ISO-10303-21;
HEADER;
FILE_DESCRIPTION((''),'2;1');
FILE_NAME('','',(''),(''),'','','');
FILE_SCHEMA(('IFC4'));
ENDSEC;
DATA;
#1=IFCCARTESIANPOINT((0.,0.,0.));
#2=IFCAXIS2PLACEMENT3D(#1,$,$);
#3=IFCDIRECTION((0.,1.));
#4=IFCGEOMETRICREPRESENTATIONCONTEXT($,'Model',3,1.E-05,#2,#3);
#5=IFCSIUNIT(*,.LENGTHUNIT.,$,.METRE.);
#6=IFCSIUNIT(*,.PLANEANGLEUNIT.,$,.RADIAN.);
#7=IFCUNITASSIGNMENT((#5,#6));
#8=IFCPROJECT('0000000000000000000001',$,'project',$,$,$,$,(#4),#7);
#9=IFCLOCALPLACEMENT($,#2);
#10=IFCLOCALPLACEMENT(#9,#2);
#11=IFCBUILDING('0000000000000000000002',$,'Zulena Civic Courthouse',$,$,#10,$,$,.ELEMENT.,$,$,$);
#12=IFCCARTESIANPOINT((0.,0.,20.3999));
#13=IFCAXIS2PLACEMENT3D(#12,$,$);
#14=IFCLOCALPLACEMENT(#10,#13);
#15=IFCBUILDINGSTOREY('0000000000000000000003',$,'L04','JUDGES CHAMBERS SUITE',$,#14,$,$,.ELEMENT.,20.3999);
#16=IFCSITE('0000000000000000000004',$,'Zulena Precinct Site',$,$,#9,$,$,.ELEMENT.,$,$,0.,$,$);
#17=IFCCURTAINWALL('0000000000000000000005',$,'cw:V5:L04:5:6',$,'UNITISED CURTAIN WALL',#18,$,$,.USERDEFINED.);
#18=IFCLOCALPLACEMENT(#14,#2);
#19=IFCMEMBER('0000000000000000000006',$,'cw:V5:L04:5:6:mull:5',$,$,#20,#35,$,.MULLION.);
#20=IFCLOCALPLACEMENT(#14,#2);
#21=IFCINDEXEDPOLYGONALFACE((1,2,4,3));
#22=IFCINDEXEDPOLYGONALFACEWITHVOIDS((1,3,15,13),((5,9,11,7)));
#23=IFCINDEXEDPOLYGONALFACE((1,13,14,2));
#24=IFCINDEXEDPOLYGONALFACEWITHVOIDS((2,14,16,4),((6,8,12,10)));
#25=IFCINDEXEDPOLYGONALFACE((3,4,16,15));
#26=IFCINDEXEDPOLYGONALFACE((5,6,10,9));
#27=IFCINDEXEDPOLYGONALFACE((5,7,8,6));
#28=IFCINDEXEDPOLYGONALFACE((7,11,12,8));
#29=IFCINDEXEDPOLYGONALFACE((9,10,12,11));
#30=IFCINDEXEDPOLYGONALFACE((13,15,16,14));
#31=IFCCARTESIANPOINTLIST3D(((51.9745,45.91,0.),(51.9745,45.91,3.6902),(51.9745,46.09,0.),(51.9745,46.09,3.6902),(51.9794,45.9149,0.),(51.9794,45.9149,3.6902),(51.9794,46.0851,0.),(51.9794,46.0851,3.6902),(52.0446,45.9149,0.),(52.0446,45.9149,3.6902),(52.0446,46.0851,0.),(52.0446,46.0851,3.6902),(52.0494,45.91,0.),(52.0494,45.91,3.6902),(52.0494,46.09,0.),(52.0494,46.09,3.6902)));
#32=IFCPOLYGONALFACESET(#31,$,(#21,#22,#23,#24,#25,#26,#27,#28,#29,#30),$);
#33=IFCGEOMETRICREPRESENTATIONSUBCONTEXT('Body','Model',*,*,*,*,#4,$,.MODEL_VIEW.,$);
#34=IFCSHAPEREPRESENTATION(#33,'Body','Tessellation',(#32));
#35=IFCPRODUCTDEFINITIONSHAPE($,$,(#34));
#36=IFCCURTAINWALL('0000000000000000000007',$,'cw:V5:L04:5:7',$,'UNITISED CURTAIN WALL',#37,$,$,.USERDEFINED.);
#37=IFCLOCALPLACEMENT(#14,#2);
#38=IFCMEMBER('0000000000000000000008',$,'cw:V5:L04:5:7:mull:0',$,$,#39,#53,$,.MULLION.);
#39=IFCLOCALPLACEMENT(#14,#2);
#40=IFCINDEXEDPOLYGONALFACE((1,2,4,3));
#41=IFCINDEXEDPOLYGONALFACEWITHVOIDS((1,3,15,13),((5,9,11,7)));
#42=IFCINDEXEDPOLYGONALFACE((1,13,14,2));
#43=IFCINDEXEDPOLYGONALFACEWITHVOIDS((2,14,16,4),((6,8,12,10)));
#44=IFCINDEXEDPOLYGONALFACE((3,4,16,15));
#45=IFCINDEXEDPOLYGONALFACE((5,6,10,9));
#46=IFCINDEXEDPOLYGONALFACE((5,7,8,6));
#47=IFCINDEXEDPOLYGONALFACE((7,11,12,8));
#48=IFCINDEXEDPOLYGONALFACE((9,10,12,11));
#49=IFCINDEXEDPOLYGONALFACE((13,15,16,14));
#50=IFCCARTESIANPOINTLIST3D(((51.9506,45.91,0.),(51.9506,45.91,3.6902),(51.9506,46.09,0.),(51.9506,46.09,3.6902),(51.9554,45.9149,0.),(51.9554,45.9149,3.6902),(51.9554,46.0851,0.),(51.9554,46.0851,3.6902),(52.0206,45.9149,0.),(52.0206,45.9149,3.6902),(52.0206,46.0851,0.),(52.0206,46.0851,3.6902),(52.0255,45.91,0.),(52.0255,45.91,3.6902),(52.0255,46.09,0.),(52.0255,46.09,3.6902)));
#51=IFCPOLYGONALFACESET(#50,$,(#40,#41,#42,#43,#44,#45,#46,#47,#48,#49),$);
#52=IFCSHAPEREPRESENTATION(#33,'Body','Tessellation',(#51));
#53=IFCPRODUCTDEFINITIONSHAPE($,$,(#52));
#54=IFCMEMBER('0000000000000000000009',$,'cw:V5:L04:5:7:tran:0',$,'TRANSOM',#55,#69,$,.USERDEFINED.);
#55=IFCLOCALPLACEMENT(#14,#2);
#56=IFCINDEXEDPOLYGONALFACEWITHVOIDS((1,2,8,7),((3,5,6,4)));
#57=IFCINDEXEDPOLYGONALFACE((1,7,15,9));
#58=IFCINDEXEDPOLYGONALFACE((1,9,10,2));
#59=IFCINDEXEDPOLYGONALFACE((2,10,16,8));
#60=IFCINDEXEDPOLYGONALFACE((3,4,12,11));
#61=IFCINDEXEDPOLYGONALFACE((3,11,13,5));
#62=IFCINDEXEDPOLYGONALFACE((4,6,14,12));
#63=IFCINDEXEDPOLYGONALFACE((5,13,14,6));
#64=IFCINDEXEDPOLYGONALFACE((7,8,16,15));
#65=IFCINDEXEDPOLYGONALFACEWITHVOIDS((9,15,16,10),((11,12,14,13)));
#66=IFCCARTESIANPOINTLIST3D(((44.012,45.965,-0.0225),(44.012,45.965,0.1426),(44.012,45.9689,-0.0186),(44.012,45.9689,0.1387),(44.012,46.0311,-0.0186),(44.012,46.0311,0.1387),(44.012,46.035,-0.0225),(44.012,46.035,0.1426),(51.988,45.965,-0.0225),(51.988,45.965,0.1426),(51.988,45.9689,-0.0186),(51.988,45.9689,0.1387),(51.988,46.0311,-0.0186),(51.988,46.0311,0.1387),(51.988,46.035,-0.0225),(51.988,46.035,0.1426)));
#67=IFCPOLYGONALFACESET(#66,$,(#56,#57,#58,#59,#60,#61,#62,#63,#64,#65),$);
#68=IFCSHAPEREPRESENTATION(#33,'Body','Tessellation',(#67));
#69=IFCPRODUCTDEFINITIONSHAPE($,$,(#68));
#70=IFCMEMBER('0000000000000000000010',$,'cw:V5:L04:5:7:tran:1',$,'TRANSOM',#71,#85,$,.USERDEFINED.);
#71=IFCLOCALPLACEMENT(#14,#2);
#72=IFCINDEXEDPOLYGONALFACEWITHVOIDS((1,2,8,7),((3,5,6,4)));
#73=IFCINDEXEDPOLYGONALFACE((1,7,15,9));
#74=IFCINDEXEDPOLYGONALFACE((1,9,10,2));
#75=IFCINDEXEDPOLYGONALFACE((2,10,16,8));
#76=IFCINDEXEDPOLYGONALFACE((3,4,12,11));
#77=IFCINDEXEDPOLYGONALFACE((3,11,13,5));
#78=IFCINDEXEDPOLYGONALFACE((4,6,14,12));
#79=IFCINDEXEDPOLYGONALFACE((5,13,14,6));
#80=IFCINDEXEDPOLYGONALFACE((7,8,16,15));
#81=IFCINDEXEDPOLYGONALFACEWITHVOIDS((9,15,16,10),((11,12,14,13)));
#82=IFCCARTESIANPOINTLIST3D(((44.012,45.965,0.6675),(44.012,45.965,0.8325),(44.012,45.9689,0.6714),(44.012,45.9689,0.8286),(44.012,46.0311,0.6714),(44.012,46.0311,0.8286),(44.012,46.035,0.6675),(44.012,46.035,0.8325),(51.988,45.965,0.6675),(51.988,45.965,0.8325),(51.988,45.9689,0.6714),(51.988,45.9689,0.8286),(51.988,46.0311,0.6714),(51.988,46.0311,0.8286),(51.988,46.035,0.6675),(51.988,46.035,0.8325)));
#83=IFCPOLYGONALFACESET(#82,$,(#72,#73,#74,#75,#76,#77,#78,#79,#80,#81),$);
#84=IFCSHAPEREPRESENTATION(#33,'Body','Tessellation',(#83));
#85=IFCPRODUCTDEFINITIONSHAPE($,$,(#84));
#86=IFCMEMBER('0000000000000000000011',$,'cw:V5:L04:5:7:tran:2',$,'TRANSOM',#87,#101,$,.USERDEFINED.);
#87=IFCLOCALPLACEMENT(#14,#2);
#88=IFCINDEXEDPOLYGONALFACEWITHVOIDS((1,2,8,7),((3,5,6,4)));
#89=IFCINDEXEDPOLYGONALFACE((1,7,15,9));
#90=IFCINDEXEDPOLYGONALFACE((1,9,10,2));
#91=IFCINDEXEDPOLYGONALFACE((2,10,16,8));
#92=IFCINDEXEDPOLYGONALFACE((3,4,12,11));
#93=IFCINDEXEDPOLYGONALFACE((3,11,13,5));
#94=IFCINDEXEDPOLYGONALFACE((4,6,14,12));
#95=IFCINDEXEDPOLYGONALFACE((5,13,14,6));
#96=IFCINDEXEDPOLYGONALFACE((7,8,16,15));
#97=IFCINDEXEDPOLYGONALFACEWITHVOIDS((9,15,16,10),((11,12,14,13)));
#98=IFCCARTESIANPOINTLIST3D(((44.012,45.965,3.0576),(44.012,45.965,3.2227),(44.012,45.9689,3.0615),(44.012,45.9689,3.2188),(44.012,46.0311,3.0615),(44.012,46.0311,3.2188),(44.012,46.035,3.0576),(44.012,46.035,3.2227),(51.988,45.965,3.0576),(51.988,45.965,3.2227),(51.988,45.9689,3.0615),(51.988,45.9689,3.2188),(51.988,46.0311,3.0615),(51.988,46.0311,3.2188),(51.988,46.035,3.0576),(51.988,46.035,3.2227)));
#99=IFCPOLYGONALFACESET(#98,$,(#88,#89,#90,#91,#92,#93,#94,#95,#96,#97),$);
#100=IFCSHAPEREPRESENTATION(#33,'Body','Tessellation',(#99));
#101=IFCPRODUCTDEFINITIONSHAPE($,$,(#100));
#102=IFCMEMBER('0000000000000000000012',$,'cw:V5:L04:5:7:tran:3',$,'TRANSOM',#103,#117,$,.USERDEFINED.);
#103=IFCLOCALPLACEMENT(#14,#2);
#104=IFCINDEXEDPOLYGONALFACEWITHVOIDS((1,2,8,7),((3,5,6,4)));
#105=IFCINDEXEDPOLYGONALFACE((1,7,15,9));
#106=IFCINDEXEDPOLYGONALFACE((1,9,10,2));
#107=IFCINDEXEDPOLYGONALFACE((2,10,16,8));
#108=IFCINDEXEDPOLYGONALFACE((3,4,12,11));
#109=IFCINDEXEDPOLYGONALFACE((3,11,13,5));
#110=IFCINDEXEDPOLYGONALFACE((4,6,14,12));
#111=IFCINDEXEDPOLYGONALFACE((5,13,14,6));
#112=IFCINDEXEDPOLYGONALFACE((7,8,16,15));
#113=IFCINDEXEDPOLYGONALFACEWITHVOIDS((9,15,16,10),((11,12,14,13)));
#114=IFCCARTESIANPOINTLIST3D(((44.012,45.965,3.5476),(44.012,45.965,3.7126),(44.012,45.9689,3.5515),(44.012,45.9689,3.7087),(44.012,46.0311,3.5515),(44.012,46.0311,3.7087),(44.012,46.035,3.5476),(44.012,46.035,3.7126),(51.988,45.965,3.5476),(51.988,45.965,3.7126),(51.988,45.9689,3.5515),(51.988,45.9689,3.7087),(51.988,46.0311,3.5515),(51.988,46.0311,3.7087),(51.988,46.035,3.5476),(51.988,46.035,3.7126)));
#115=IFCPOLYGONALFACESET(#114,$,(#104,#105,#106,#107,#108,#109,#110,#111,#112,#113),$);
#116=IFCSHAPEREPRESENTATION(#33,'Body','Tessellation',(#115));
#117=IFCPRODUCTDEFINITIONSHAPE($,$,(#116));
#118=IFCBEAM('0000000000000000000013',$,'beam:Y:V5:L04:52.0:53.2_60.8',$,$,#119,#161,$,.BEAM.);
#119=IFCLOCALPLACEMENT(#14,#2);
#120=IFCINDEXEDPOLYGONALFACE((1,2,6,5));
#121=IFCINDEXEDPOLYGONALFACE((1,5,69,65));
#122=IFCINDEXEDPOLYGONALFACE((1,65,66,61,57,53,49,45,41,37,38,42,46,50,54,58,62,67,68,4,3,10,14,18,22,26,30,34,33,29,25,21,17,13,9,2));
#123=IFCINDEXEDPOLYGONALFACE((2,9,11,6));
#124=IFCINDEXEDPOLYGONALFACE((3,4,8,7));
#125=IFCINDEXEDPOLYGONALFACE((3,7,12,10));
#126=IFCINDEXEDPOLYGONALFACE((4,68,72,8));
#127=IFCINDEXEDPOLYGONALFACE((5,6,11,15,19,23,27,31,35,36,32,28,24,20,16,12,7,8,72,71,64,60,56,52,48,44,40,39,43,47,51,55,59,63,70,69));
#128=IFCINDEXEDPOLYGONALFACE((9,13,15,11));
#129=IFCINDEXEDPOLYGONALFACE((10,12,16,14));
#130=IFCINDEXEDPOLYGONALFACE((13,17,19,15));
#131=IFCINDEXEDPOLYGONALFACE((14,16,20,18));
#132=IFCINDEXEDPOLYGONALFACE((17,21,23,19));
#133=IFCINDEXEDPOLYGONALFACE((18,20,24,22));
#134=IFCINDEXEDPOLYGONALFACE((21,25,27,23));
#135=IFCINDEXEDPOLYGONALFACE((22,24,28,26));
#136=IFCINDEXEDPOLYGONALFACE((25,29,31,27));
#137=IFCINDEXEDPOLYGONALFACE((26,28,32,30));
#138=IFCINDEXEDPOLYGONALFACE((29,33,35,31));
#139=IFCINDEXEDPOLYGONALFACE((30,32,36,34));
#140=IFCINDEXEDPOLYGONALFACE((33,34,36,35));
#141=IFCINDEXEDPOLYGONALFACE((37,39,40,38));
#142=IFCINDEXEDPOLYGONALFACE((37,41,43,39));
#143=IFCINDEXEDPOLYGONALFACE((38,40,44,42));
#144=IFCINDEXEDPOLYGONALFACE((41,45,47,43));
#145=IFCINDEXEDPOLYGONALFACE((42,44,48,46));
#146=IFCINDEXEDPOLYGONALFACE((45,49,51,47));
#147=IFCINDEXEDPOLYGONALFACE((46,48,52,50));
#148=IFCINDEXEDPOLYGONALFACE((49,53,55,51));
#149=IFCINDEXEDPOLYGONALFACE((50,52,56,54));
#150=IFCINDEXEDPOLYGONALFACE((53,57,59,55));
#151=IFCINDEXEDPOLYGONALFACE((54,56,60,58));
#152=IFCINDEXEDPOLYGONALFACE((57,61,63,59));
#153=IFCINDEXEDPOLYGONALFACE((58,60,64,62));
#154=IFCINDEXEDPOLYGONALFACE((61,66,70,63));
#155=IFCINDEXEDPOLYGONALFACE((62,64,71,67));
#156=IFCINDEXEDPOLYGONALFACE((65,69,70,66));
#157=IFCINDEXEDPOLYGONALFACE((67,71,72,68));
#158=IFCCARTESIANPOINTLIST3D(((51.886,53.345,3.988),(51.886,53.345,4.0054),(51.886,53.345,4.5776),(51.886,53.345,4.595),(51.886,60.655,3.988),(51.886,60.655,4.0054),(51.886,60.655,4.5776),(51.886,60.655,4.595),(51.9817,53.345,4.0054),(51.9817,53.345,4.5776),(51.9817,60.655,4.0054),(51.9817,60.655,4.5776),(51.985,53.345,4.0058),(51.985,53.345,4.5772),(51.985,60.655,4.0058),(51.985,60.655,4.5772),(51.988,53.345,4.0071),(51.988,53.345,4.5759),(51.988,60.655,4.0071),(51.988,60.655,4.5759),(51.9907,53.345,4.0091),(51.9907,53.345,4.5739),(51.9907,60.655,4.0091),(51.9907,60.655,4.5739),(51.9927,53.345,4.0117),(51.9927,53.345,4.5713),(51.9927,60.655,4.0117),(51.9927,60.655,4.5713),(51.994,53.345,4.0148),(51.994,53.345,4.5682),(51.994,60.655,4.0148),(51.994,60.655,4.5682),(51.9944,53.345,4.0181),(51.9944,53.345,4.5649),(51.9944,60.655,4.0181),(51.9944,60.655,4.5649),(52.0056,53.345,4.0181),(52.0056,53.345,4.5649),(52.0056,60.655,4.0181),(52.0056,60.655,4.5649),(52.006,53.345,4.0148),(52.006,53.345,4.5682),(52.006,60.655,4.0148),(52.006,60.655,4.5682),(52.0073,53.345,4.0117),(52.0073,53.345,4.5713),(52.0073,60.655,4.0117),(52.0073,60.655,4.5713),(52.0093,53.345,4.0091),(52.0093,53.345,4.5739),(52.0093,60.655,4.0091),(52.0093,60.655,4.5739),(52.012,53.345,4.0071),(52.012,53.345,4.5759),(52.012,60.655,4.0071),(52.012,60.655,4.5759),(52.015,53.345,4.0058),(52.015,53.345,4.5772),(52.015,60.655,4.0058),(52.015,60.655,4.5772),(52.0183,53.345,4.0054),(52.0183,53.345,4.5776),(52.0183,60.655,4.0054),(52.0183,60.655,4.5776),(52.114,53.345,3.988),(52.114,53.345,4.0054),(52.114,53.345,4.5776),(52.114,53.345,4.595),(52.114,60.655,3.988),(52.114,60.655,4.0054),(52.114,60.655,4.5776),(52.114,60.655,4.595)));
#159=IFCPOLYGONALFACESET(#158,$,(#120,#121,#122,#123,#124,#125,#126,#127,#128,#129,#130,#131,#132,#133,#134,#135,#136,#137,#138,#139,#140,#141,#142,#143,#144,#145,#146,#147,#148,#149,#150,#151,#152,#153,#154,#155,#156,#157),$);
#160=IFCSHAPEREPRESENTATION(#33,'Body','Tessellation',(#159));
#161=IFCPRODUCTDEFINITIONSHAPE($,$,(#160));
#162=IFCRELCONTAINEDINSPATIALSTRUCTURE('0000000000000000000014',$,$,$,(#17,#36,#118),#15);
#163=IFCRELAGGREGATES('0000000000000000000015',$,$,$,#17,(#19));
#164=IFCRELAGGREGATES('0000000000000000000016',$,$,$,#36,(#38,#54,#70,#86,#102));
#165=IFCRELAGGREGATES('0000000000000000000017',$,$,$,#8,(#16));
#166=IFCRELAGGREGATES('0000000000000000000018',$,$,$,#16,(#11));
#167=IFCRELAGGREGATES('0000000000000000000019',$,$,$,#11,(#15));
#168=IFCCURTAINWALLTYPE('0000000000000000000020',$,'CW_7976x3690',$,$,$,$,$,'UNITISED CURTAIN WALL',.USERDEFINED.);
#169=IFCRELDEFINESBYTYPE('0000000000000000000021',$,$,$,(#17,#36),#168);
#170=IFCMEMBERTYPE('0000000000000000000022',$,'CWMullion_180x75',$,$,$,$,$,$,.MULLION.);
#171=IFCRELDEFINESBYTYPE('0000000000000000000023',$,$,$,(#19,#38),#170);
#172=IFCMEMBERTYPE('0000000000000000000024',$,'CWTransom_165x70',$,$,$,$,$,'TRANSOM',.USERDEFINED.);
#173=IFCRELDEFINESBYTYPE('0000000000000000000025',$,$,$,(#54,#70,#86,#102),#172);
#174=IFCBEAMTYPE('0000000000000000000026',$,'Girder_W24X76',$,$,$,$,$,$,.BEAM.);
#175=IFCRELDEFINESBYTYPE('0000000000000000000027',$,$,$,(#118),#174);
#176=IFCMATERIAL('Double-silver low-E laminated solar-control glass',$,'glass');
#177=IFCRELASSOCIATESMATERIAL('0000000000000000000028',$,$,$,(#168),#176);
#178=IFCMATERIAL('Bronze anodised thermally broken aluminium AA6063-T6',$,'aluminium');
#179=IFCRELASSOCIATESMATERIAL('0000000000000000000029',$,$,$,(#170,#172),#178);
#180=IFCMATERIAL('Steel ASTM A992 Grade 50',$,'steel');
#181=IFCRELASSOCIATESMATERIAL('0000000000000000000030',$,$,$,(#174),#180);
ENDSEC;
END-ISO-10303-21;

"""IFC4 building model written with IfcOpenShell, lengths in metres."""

from ifc_helpers import new_model, si_unit, direction, frame, origin, origin_2d, place, context, subcontext, project, spatial, hollow_rectangle, i_section, extrude, material, material_profile, profile_set, type_object, element, aggregate, save


model = new_model("IFC4")

# Units and contexts
model_context = context("Model", 3, precision=1e-05, world=origin(), true_north=direction((0.0, 1.0)))
body_context = subcontext(model_context, "Body", "Model", "MODEL_VIEW")
ifc_project = project(units=[si_unit("LENGTHUNIT", "METRE"), si_unit("PLANEANGLEUNIT", "RADIAN")], contexts=[model_context])

# Site, building, storey
site_placement = place(None, origin())
site = spatial("IfcSite", under=ifc_project, at=site_placement, Name="Zulena Precinct Site", CompositionType="ELEMENT", RefElevation=0.0)
building_placement = place(site_placement, origin())
building = spatial("IfcBuilding", under=site, at=building_placement, Name="Zulena Civic Courthouse", CompositionType="ELEMENT")
storey_placement = place(building_placement, frame((0.0, 0.0, 20.3999)))
storey = spatial("IfcBuildingStorey", under=building, at=storey_placement, Name="L04", Description="JUDGES CHAMBERS SUITE", CompositionType="ELEMENT", Elevation=20.3999)

# Shared definitions
ifc_material_1 = material(Name="Steel ASTM A992 Grade 50", Category="steel")

# Curtain walls, members
ifc_material_2 = material(Name="Double-silver low-E laminated solar-control glass", Category="glass")
curtain_wall_type = type_object("IfcCurtainWallType", Name="CW_7976x3690", ElementType="UNITISED CURTAIN WALL", PredefinedType="USERDEFINED", material=ifc_material_2)
curtain_wall_1_placement = place(storey_placement, origin())
curtain_wall_1 = element("IfcCurtainWall", 1, at=curtain_wall_1_placement, inside=storey, type_object=curtain_wall_type, Name="cw:V5:L04:5:6", ObjectType="UNITISED CURTAIN WALL", PredefinedType="USERDEFINED")
ifc_material_3 = material(Name="Bronze anodised thermally broken aluminium AA6063-T6", Category="aluminium")
ifc_material_profile_1 = material_profile(ifc_material_3, hollow_rectangle(XDim=0.075, YDim=0.1799, WallThickness=0.0049, at=origin_2d()), Name="CWM180X75X5")
ifc_profile_set_1 = profile_set([ifc_material_profile_1], Name="Bronze anodised thermally broken aluminium AA6063-T6")
member_type_1 = type_object("IfcMemberType", Name="CWMullion_180x75", PredefinedType="MULLION", material=ifc_profile_set_1)
member_1_placement = place(storey_placement, frame((52.012, 46.0, 0.0), z_axis=(0.0, 0.0, 1.0), x_axis=(1.0, 0.0, 0.0)))
member_1 = element("IfcMember", 2, at=member_1_placement, type_object=member_type_1, Name="cw:V5:L04:5:6:mull:5", PredefinedType="MULLION", context=body_context, shape_type="SweptSolid", body=[
    extrude(hollow_rectangle(XDim=0.075, YDim=0.1799, WallThickness=0.0049, at=origin_2d()), origin(), (0.0, 0.0, 1.0), 3.6902),
])
curtain_wall_2_placement = place(storey_placement, origin())
curtain_wall_2 = element("IfcCurtainWall", 3, at=curtain_wall_2_placement, inside=storey, type_object=curtain_wall_type, Name="cw:V5:L04:5:7", ObjectType="UNITISED CURTAIN WALL", PredefinedType="USERDEFINED")
member_2_placement = place(storey_placement, frame((51.988, 46.0, 0.0), z_axis=(0.0, 0.0, 1.0), x_axis=(1.0, 0.0, 0.0)))
member_2 = element("IfcMember", 4, at=member_2_placement, type_object=member_type_1, Name="cw:V5:L04:5:7:mull:0", PredefinedType="MULLION", context=body_context, shape_type="SweptSolid", body=[
    extrude(hollow_rectangle(XDim=0.075, YDim=0.1799, WallThickness=0.0049, at=origin_2d()), origin(), (0.0, 0.0, 1.0), 3.6902),
])
ifc_material_profile_2 = material_profile(ifc_material_3, hollow_rectangle(XDim=0.0701, YDim=0.165, WallThickness=0.0039, at=origin_2d()), Name="CWT165X70X4")
ifc_profile_set_2 = profile_set([ifc_material_profile_2], Name="Bronze anodised thermally broken aluminium AA6063-T6")
member_type_2 = type_object("IfcMemberType", Name="CWTransom_165x70", ElementType="TRANSOM", PredefinedType="USERDEFINED", material=ifc_profile_set_2)
member_3_placement = place(storey_placement, frame((51.988, 46.0, 0.0601), z_axis=(-1.0, 0.0, 0.0), x_axis=(0.0, -1.0, 0.0)))
member_3 = element("IfcMember", 5, at=member_3_placement, type_object=member_type_2, Name="cw:V5:L04:5:7:tran:0", ObjectType="TRANSOM", PredefinedType="USERDEFINED", context=body_context, shape_type="SweptSolid", body=[
    extrude(hollow_rectangle(XDim=0.0701, YDim=0.165, WallThickness=0.0039, at=origin_2d()), origin(), (0.0, 0.0, 1.0), 7.9761),
])
member_4_placement = place(storey_placement, frame((51.988, 46.0, 0.75), z_axis=(-1.0, 0.0, 0.0), x_axis=(0.0, -1.0, 0.0)))
member_4 = element("IfcMember", 6, at=member_4_placement, type_object=member_type_2, Name="cw:V5:L04:5:7:tran:1", ObjectType="TRANSOM", PredefinedType="USERDEFINED", context=body_context, shape_type="SweptSolid", body=[
    extrude(hollow_rectangle(XDim=0.0701, YDim=0.165, WallThickness=0.0039, at=origin_2d()), origin(), (0.0, 0.0, 1.0), 7.9761),
])
member_5_placement = place(storey_placement, frame((51.988, 46.0, 3.1401), z_axis=(-1.0, 0.0, 0.0), x_axis=(0.0, -1.0, 0.0)))
member_5 = element("IfcMember", 7, at=member_5_placement, type_object=member_type_2, Name="cw:V5:L04:5:7:tran:2", ObjectType="TRANSOM", PredefinedType="USERDEFINED", context=body_context, shape_type="SweptSolid", body=[
    extrude(hollow_rectangle(XDim=0.0701, YDim=0.165, WallThickness=0.0039, at=origin_2d()), origin(), (0.0, 0.0, 1.0), 7.9761),
])
member_6_placement = place(storey_placement, frame((51.988, 46.0, 3.6301), z_axis=(-1.0, 0.0, 0.0), x_axis=(0.0, -1.0, 0.0)))
member_6 = element("IfcMember", 8, at=member_6_placement, type_object=member_type_2, Name="cw:V5:L04:5:7:tran:3", ObjectType="TRANSOM", PredefinedType="USERDEFINED", context=body_context, shape_type="SweptSolid", body=[
    extrude(hollow_rectangle(XDim=0.0701, YDim=0.165, WallThickness=0.0039, at=origin_2d()), origin(), (0.0, 0.0, 1.0), 7.9761),
])

# Beam
ifc_material_profile_3 = material_profile(ifc_material_1, i_section(OverallWidth=0.228, OverallDepth=0.6069, WebThickness=0.0112, FlangeThickness=0.0173, FilletRadius=0.0127, at=origin_2d()), Name="W24X76")
ifc_profile_set_3 = profile_set([ifc_material_profile_3], Name="Steel ASTM A992 Grade 50")
beam_type_1 = type_object("IfcBeamType", Name="Girder_W24X76", PredefinedType="BEAM", material=ifc_profile_set_3)
beam_1_placement = place(storey_placement, frame((52.0, 53.345, 4.2915), z_axis=(0.0, 1.0, 0.0), x_axis=(-1.0, 0.0, 0.0)))
element("IfcBeam", 9, at=beam_1_placement, inside=storey, type_object=beam_type_1, Name="beam:Y:V5:L04:52.0:53.2_60.8", PredefinedType="BEAM", context=body_context, shape_type="SweptSolid", body=[
    extrude(i_section(OverallWidth=0.228, OverallDepth=0.6069, WebThickness=0.0112, FlangeThickness=0.0173, FilletRadius=0.0127, at=origin_2d()), origin(), (0.0, 0.0, 1.0), 7.3101),
])

aggregate(curtain_wall_1, [member_1])
aggregate(curtain_wall_2, [member_2, member_3, member_4, member_5, member_6])

save(model, "model.ifc")
